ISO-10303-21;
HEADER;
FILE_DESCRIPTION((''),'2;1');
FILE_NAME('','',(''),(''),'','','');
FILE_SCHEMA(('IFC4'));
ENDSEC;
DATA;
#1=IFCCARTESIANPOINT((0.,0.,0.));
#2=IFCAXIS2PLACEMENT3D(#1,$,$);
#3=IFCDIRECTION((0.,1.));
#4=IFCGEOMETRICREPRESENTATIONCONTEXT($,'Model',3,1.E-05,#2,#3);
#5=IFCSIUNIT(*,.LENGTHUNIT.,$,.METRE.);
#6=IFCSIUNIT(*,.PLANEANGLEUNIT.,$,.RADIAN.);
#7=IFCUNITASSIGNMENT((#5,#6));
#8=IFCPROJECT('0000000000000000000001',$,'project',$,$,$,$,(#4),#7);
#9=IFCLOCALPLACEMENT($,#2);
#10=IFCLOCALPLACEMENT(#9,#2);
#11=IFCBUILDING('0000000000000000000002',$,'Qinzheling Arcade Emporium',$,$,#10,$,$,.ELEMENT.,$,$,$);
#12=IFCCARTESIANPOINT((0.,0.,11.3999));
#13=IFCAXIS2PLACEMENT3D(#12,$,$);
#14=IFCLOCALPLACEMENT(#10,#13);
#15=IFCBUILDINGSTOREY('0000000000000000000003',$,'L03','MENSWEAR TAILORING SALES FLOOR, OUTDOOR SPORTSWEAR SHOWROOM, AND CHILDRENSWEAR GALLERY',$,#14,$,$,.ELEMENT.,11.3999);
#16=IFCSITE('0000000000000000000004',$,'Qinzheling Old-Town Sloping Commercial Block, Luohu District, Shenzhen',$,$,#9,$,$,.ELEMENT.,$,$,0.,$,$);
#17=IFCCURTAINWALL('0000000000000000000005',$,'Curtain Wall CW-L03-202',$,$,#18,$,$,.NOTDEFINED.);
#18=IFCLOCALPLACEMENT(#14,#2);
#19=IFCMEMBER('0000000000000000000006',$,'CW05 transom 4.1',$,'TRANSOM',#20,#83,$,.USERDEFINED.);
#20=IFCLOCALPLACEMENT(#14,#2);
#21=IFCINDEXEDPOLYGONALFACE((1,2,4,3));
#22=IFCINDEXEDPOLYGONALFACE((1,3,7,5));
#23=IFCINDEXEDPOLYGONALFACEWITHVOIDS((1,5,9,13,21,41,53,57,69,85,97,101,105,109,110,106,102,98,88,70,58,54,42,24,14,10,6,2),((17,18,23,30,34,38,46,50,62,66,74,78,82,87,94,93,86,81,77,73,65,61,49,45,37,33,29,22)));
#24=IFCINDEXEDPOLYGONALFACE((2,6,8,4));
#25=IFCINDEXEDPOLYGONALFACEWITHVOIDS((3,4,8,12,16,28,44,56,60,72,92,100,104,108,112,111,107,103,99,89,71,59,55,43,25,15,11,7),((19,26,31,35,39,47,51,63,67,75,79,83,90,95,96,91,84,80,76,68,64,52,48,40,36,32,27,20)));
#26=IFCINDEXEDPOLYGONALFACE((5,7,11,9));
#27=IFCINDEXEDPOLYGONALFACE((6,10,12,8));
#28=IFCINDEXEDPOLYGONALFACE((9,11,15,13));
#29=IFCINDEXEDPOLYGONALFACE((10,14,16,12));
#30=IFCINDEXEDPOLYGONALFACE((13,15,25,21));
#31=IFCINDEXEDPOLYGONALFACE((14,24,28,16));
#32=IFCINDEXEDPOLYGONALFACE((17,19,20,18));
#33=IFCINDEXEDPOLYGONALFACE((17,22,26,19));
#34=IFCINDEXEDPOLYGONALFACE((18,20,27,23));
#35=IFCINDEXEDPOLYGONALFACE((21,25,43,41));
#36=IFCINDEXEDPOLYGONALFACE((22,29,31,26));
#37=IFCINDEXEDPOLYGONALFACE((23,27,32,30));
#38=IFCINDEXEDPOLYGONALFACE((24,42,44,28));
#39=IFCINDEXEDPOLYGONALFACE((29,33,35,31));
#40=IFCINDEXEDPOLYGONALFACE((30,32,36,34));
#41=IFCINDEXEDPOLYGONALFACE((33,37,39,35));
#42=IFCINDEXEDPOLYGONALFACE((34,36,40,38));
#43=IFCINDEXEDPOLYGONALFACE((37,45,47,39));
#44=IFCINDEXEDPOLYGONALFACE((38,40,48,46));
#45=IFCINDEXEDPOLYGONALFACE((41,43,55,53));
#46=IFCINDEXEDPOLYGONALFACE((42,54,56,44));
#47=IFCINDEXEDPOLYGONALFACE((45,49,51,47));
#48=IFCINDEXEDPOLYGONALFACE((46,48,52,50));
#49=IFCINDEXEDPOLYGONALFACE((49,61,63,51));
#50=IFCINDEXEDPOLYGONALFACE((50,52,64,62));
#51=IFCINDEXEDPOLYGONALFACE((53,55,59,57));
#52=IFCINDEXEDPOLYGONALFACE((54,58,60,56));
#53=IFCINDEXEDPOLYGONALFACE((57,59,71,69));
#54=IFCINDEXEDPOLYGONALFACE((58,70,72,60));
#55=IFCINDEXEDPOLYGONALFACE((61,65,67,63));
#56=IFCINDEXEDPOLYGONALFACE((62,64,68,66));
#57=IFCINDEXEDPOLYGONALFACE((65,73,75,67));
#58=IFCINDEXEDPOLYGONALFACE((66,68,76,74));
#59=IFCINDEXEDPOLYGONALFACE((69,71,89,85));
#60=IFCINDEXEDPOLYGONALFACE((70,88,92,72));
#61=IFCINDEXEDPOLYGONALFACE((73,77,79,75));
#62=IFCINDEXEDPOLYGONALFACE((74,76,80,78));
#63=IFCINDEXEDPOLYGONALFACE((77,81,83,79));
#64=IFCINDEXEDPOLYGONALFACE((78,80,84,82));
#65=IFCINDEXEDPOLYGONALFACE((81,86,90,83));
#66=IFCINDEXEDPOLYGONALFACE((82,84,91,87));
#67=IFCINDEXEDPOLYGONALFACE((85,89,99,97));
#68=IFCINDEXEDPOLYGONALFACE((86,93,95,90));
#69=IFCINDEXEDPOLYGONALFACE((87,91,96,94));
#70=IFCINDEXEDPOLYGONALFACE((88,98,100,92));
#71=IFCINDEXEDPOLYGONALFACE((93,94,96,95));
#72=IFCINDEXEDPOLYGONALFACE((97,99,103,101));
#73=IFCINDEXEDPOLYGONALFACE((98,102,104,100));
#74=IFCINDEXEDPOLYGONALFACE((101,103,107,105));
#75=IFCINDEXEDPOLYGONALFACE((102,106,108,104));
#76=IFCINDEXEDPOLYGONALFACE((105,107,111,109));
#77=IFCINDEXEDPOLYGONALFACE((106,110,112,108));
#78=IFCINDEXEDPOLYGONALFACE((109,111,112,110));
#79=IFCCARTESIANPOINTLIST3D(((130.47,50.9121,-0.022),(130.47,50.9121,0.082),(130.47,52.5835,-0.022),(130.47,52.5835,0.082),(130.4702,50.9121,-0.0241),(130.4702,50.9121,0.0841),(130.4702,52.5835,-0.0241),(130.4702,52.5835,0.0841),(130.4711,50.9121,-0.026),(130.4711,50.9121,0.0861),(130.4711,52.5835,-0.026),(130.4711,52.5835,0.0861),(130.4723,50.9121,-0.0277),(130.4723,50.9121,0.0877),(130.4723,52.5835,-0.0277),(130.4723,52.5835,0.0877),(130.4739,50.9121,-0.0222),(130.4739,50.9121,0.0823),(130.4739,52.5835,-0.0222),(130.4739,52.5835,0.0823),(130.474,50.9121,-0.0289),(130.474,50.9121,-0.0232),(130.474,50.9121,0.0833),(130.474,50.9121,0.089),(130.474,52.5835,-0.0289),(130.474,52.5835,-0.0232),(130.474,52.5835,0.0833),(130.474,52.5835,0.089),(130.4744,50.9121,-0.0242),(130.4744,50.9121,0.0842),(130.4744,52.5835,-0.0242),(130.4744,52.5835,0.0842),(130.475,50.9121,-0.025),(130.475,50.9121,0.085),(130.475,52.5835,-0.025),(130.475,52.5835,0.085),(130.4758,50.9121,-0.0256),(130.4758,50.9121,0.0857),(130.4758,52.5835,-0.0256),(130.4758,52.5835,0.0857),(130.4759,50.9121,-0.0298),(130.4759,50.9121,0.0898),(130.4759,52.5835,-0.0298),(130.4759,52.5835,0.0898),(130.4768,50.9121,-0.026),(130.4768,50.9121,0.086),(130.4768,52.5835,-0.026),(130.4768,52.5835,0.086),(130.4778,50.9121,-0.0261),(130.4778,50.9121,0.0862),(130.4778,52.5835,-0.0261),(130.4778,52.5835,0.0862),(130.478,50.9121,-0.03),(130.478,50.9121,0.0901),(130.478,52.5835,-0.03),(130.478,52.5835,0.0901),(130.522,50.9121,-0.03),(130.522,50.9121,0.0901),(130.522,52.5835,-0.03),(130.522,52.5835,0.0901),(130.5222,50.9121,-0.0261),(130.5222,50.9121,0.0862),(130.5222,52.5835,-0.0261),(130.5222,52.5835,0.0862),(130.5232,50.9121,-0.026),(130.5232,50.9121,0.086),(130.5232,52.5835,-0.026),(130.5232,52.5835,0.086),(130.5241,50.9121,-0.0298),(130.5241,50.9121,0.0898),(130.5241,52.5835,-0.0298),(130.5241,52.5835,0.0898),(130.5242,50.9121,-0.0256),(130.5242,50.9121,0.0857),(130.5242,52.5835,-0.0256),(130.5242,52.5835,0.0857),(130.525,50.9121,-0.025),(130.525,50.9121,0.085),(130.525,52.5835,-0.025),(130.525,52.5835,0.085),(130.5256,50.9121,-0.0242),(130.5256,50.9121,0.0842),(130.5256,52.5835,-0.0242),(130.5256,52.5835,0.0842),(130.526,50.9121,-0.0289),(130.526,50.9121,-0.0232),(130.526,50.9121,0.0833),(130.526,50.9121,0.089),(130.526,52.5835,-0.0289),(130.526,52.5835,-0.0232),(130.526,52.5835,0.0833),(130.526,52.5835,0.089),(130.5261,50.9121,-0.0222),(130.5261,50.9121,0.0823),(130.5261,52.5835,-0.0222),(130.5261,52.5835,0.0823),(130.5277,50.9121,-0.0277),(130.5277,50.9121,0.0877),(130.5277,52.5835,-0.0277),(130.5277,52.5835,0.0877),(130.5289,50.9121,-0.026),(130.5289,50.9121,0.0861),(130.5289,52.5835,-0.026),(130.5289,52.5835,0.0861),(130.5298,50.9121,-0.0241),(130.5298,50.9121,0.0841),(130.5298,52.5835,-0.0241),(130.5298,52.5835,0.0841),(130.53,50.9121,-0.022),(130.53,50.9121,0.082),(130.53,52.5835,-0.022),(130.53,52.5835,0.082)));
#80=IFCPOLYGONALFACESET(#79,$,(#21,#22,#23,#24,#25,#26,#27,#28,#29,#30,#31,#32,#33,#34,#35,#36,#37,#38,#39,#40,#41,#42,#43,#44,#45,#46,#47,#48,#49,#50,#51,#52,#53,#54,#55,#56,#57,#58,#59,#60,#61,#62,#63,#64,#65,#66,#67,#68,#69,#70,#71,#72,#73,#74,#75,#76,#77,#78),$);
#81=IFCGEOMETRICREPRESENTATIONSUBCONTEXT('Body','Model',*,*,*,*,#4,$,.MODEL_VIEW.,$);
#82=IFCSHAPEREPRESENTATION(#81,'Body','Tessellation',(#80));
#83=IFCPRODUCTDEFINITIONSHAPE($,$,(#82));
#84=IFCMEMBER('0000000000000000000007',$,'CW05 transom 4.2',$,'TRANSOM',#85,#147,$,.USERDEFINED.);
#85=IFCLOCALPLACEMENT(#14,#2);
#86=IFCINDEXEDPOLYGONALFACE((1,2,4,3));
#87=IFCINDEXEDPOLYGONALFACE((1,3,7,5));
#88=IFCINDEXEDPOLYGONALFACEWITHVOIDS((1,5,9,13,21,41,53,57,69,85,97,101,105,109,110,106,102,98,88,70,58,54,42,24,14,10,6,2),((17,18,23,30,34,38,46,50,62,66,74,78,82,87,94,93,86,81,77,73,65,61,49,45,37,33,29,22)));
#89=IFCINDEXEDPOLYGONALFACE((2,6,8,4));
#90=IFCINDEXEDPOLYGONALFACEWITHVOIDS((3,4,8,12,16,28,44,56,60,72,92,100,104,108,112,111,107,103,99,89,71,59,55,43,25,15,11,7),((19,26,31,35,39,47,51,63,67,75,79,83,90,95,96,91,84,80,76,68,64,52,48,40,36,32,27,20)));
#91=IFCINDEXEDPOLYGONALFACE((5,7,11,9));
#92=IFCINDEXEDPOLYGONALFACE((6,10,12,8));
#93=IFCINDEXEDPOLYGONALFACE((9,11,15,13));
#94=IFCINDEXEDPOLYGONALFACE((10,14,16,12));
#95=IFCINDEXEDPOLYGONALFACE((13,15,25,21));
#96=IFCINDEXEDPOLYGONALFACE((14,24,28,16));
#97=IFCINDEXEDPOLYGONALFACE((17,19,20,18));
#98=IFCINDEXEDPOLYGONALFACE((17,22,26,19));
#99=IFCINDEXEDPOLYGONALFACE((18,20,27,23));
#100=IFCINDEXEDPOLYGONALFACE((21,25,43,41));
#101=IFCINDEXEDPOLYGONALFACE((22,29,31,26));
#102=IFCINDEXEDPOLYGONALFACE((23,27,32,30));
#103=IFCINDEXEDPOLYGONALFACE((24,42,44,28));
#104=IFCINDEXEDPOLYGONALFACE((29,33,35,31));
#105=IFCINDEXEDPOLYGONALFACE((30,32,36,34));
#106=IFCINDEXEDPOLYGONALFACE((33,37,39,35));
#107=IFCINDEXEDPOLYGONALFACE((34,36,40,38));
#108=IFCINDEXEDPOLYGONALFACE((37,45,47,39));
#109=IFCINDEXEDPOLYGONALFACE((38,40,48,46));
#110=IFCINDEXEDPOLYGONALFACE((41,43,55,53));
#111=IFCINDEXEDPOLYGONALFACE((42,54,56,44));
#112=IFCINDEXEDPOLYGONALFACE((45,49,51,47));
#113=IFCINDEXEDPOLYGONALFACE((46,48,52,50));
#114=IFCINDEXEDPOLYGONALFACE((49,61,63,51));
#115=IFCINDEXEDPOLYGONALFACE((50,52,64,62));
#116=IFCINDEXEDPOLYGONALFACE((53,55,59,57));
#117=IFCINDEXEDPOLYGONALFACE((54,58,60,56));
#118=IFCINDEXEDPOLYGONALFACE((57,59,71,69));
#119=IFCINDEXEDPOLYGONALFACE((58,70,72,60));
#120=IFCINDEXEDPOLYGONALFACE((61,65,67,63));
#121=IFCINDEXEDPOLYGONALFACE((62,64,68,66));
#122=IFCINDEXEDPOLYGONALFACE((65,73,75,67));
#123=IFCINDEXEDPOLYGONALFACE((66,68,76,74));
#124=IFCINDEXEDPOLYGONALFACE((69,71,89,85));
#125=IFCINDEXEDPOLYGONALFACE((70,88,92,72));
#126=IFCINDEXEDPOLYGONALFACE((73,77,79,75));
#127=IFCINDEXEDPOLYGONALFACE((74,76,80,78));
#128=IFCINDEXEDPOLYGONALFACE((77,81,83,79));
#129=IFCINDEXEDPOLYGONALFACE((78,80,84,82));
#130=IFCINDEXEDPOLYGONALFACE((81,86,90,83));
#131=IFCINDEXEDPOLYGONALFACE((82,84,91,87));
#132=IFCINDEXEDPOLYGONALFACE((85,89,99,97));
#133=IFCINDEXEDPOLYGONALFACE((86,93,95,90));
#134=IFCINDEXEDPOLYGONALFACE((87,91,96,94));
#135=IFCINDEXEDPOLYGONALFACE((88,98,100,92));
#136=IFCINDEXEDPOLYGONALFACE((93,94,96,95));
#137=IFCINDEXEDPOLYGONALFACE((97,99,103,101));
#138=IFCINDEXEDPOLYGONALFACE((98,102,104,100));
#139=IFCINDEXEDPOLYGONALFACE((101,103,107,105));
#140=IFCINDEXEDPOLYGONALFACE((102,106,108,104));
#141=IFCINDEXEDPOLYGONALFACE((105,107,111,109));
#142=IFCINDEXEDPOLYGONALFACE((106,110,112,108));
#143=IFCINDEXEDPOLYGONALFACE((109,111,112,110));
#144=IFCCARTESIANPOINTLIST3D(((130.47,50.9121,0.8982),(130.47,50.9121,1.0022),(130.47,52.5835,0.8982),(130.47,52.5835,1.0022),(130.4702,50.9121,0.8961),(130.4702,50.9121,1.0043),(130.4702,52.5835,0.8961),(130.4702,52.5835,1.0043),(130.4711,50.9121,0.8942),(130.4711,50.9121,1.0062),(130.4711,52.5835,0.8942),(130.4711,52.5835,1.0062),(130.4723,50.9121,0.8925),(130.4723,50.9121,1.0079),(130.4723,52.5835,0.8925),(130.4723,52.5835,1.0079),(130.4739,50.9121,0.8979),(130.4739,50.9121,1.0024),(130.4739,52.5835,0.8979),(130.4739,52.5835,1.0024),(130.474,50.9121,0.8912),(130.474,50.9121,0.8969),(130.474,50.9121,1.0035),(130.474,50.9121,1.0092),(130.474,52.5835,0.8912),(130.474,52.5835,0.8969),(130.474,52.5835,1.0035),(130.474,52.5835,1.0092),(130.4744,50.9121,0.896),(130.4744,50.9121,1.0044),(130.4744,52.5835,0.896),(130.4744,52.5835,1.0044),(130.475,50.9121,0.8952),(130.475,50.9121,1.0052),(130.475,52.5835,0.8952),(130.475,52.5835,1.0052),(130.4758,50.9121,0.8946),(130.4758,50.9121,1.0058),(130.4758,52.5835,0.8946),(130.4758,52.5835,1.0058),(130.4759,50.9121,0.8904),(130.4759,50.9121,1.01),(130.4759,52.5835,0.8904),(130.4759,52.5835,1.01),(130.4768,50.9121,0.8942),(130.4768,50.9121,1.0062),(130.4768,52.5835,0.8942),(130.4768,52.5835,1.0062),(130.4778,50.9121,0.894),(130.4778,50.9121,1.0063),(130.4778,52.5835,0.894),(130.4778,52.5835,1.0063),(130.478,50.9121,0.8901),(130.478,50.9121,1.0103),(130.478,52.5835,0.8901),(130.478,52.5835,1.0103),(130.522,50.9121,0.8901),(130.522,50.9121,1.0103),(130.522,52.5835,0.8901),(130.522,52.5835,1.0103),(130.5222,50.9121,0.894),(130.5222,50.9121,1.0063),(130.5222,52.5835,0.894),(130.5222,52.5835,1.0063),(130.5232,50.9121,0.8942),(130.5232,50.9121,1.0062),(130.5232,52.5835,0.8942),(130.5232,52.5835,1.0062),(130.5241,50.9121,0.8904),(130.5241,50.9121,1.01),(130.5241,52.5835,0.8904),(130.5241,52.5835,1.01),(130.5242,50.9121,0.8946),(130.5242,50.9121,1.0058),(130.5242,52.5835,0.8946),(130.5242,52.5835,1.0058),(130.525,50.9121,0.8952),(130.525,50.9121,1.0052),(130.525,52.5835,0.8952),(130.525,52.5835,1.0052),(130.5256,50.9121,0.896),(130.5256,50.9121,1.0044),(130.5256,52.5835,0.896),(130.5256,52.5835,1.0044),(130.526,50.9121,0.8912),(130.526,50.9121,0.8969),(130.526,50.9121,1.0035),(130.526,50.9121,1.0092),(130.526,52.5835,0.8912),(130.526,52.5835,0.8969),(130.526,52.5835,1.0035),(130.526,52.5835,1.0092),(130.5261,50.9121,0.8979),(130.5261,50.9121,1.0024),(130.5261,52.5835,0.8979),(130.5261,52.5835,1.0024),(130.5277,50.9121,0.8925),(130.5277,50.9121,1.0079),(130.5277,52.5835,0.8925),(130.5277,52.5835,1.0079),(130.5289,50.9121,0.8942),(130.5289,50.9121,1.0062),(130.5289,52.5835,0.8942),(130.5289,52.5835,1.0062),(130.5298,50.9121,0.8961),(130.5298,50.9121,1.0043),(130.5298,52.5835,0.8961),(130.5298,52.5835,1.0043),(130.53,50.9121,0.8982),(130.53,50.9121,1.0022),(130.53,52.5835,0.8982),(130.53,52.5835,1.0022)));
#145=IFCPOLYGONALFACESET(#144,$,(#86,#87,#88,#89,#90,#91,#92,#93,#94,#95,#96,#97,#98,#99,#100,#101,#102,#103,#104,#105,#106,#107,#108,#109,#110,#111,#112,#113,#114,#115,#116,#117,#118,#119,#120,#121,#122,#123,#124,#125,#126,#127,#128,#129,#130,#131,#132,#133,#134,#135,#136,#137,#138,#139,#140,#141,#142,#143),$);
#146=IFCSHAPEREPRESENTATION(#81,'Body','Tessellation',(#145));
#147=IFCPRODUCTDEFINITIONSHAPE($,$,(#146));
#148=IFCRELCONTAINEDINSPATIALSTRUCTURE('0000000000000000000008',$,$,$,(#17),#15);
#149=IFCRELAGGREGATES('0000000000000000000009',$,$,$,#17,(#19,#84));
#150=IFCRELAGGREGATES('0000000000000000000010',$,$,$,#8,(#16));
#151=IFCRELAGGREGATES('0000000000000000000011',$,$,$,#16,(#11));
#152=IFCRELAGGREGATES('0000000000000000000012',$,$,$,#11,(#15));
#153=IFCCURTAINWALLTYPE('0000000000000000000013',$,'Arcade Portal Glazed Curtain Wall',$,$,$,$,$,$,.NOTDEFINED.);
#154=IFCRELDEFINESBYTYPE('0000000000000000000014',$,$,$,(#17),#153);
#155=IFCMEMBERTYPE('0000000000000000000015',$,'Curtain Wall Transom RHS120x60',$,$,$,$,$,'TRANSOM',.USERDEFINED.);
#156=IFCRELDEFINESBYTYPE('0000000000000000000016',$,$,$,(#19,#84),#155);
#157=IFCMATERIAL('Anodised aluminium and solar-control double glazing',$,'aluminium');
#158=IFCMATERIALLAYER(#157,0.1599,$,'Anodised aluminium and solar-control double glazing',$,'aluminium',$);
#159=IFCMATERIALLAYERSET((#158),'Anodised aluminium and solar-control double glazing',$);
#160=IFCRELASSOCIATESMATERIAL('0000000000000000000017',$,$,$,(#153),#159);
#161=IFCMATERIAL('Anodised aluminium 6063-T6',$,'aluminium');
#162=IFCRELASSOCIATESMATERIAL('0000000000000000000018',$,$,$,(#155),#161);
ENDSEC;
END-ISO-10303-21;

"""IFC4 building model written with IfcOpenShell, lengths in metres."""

from ifc_helpers import new_model, si_unit, direction, frame, origin, origin_2d, place, context, subcontext, project, spatial, hollow_rectangle, extrude, material, layer, layer_set, material_profile, profile_set, type_object, element, aggregate, save


model = new_model("IFC4")

# Units and contexts
model_context = context("Model", 3, precision=1e-05, world=origin(), true_north=direction((0.0, 1.0)))
body_context = subcontext(model_context, "Body", "Model", "MODEL_VIEW")
ifc_project = project(units=[si_unit("LENGTHUNIT", "METRE"), si_unit("PLANEANGLEUNIT", "RADIAN")], contexts=[model_context])

# Site, building, storey
site_placement = place(None, origin())
site = spatial("IfcSite", under=ifc_project, at=site_placement, Name="Qinzheling Old-Town Sloping Commercial Block, Luohu District, Shenzhen", CompositionType="ELEMENT", RefElevation=0.0)
building_placement = place(site_placement, origin())
building = spatial("IfcBuilding", under=site, at=building_placement, Name="Qinzheling Arcade Emporium", CompositionType="ELEMENT")
storey_placement = place(building_placement, frame((0.0, 0.0, 11.3999)))
storey = spatial("IfcBuildingStorey", under=building, at=storey_placement, Name="L03", Description="MENSWEAR TAILORING SALES FLOOR, OUTDOOR SPORTSWEAR SHOWROOM, AND CHILDRENSWEAR GALLERY", CompositionType="ELEMENT", Elevation=11.3999)

# Shared definitions
ifc_material_1 = material(Name="Anodised aluminium and solar-control double glazing", Category="aluminium")
ifc_layer_1 = layer(ifc_material_1, 0.1599, Name="Anodised aluminium and solar-control double glazing", Category="aluminium")
ifc_layer_set_1 = layer_set([ifc_layer_1], Name="Anodised aluminium and solar-control double glazing")
curtain_wall_type = type_object("IfcCurtainWallType", Name="Arcade Portal Glazed Curtain Wall", PredefinedType="NOTDEFINED", material=ifc_layer_set_1)
ifc_material_2 = material(Name="Anodised aluminium 6063-T6", Category="aluminium")

# Curtain wall
curtain_wall_1_placement = place(storey_placement, origin())
curtain_wall_1 = element("IfcCurtainWall", 1, at=curtain_wall_1_placement, inside=storey, type_object=curtain_wall_type, Name="Curtain Wall CW-L03-202", PredefinedType="NOTDEFINED")

# Members
ifc_material_profile_1 = material_profile(ifc_material_2, hollow_rectangle(XDim=0.0601, YDim=0.1201, WallThickness=0.0039, InnerFilletRadius=0.0039, OuterFilletRadius=0.0081, at=origin_2d()), Name="RHS 120x60x4", Category="aluminium")
ifc_profile_set_1 = profile_set([ifc_material_profile_1], Name="Anodised aluminium 6063-T6")
member_type_1 = type_object("IfcMemberType", Name="Curtain Wall Transom RHS120x60", ElementType="TRANSOM", PredefinedType="USERDEFINED", material=ifc_profile_set_1)
member_1_placement = place(storey_placement, frame((130.5, 52.5835, 0.03), z_axis=(0.0, -1.0, 0.0), x_axis=(1.0, 0.0, 0.0)))
member_1 = element("IfcMember", 2, at=member_1_placement, type_object=member_type_1, Name="CW05 transom 4.1", ObjectType="TRANSOM", PredefinedType="USERDEFINED", context=body_context, shape_type="SweptSolid", body=[
    extrude(hollow_rectangle(XDim=0.0601, YDim=0.1201, WallThickness=0.0039, InnerFilletRadius=0.0039, OuterFilletRadius=0.0081, at=origin_2d()), origin(), (0.0, 0.0, 1.0), 1.6714),
])
member_2_placement = place(storey_placement, frame((130.5, 52.5835, 0.9502), z_axis=(0.0, -1.0, 0.0), x_axis=(1.0, 0.0, 0.0)))
member_2 = element("IfcMember", 3, at=member_2_placement, type_object=member_type_1, Name="CW05 transom 4.2", ObjectType="TRANSOM", PredefinedType="USERDEFINED", context=body_context, shape_type="SweptSolid", body=[
    extrude(hollow_rectangle(XDim=0.0601, YDim=0.1201, WallThickness=0.0039, InnerFilletRadius=0.0039, OuterFilletRadius=0.0081, at=origin_2d()), origin(), (0.0, 0.0, 1.0), 1.6714),
])

aggregate(curtain_wall_1, [member_1, member_2])

save(model, "model.ifc")
